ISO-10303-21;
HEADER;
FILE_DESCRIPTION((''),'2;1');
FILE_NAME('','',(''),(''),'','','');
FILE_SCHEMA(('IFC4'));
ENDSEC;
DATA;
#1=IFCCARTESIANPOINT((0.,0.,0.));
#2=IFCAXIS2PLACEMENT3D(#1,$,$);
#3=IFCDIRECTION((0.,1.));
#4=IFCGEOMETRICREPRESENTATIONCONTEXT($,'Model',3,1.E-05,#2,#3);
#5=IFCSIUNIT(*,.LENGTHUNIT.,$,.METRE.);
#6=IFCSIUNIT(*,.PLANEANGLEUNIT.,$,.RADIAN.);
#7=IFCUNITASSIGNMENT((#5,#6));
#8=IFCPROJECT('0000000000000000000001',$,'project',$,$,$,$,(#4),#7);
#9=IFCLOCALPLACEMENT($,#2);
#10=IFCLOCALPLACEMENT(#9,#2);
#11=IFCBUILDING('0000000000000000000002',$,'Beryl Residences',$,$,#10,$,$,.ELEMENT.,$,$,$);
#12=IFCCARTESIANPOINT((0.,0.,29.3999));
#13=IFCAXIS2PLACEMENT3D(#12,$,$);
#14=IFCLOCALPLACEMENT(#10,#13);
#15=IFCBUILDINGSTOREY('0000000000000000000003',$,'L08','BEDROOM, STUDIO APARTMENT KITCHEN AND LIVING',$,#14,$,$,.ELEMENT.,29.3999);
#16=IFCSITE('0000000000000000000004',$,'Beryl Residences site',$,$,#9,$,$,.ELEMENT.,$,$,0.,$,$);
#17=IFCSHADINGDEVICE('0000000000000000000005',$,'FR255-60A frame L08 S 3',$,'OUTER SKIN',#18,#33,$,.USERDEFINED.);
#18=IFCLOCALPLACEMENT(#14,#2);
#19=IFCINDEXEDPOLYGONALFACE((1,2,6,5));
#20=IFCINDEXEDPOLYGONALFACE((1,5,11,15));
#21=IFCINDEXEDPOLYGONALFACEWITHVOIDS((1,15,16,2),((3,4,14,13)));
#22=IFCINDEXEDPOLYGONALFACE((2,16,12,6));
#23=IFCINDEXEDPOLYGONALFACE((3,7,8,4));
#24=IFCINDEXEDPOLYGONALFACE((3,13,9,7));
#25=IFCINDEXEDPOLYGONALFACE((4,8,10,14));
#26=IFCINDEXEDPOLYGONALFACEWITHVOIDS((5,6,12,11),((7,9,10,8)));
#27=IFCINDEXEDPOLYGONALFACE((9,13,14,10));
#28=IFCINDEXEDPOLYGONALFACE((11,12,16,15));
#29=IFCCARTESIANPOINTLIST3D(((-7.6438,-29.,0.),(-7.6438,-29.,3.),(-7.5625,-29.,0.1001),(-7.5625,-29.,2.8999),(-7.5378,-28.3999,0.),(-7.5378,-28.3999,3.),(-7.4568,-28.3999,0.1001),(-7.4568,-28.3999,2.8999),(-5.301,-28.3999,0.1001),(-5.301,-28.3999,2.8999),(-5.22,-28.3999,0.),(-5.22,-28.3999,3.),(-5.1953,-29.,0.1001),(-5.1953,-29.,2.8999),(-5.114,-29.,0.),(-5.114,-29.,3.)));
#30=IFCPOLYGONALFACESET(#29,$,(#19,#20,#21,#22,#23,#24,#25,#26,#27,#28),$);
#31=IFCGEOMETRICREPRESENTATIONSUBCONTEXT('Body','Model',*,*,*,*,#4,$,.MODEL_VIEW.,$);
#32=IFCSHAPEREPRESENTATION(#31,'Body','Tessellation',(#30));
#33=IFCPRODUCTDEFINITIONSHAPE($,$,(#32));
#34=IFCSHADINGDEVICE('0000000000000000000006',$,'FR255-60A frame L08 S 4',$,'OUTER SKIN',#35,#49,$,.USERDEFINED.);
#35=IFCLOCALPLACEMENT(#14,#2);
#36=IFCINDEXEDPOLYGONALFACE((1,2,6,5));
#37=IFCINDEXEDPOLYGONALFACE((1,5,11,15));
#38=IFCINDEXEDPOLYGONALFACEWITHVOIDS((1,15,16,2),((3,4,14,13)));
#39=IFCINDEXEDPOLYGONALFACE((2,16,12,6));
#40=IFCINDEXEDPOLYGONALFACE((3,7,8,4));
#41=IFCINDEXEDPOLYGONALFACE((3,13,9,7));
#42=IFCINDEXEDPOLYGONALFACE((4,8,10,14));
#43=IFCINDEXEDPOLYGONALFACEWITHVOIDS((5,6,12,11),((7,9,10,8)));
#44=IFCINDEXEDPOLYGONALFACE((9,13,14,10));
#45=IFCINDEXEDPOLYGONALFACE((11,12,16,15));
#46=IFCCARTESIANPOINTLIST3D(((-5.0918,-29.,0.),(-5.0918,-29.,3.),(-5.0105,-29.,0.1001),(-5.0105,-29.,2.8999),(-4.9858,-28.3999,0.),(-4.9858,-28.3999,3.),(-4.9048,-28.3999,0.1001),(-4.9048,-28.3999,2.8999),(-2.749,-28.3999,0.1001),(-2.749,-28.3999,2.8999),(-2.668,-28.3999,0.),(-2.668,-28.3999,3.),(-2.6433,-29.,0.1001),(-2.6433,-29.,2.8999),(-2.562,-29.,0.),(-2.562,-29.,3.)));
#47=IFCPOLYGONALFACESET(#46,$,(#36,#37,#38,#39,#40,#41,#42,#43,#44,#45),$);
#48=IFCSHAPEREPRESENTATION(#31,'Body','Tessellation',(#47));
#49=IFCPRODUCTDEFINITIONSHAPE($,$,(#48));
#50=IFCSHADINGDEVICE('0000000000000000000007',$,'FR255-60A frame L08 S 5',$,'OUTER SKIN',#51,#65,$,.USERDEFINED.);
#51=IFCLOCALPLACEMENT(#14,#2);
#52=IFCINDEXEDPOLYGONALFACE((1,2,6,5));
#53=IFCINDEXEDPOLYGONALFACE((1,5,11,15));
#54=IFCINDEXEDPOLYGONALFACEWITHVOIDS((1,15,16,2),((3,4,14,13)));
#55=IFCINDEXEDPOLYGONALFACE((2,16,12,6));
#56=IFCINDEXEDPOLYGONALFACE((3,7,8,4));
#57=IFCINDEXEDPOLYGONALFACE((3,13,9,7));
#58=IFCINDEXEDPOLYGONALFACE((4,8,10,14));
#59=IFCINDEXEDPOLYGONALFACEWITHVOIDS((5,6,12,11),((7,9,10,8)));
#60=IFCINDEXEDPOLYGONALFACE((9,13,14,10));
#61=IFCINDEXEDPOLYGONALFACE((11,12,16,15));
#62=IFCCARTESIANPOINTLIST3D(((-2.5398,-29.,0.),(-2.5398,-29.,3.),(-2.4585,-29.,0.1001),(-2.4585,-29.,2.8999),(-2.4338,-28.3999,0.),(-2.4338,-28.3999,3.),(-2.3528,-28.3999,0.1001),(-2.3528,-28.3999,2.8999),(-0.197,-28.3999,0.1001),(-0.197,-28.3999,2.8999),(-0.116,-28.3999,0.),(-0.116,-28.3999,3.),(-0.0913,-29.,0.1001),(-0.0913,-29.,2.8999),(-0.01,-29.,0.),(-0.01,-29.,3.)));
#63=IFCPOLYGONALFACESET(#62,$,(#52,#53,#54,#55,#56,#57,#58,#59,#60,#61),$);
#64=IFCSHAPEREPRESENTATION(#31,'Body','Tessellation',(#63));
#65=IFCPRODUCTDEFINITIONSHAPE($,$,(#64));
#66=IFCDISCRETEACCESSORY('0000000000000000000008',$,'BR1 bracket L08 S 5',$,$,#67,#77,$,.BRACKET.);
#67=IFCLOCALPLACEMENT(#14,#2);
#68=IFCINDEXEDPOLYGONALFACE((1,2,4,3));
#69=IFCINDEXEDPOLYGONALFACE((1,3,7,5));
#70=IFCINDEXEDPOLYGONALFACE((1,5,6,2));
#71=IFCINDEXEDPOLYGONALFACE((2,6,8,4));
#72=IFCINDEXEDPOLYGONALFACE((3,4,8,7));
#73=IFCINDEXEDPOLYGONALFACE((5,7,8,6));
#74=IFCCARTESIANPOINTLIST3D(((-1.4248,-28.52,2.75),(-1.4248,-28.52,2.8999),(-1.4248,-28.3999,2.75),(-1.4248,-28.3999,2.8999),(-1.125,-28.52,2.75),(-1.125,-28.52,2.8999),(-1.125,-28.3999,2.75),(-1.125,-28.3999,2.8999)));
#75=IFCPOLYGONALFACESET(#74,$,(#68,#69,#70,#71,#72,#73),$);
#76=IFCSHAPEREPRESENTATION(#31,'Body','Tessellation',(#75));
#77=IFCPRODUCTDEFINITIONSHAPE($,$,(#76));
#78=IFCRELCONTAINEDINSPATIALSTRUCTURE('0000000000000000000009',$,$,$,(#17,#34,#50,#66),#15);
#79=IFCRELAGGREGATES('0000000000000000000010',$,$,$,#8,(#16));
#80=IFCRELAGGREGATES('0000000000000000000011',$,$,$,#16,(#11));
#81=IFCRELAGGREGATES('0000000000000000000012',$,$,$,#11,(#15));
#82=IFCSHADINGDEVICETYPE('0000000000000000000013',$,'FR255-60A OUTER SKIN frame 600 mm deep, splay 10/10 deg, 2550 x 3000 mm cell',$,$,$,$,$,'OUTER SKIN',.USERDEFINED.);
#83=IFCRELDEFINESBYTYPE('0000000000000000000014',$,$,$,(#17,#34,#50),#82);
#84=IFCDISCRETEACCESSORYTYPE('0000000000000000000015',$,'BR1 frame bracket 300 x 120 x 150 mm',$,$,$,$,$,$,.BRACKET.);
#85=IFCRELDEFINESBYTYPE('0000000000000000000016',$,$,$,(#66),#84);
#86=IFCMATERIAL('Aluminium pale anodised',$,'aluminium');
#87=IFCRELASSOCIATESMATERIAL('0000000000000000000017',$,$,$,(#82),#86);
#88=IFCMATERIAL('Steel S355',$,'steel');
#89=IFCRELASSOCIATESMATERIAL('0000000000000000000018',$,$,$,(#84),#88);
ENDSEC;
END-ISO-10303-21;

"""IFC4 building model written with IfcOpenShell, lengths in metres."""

from ifc_helpers import new_model, entity, si_unit, direction, frame, origin, place, context, subcontext, project, spatial, polyline, outline, extrude, source, transform, mapped, material, type_object, type_shapes, element, save


model = new_model("IFC4")

# Units and contexts
model_context = context("Model", 3, precision=1e-05, world=origin(), true_north=direction((0.0, 1.0)))
body_context = subcontext(model_context, "Body", "Model", "MODEL_VIEW")
ifc_project = project(units=[si_unit("LENGTHUNIT", "METRE"), si_unit("PLANEANGLEUNIT", "RADIAN")], contexts=[model_context])

# Site, building, storey
site_placement = place(None, origin())
site = spatial("IfcSite", under=ifc_project, at=site_placement, Name="Beryl Residences site", CompositionType="ELEMENT", RefElevation=0.0)
building_placement = place(site_placement, origin())
building = spatial("IfcBuilding", under=site, at=building_placement, Name="Beryl Residences", CompositionType="ELEMENT")
storey_placement = place(building_placement, frame((0.0, 0.0, 29.3999)))
storey = spatial("IfcBuildingStorey", under=building, at=storey_placement, Name="L08", Description="BEDROOM, STUDIO APARTMENT KITCHEN AND LIVING", CompositionType="ELEMENT", Elevation=29.3999)

# Shading devices
ifc_material_1 = material(Name="Aluminium pale anodised", Category="aluminium")
shading_device_type = type_object("IfcShadingDeviceType", Name="FR255-60A OUTER SKIN frame 600 mm deep, splay 10/10 deg, 2550 x 3000 mm cell", ElementType="OUTER SKIN", PredefinedType="USERDEFINED", material=ifc_material_1)
cartesian_point_1 = entity("IfcCartesianPoint", [-1.1589, 0.0])
cartesian_point_2 = entity("IfcCartesianPoint", [-1.0779, 0.1001])
cartesian_point_3 = entity("IfcCartesianPoint", [-1.2649, 0.0])
cartesian_point_4 = entity("IfcCartesianPoint", [-1.1836, 0.1001])
shared_shape_1 = source(origin(), body_context, "Body", "SweptSolid", [
    entity("IfcExtrudedAreaSolidTapered", entity("IfcArbitraryProfileDefWithVoids", "AREA", None, entity("IfcPolyline", [cartesian_point_1, entity("IfcCartesianPoint", [1.1589, 0.0]), entity("IfcCartesianPoint", [1.1589, 3.0]), entity("IfcCartesianPoint", [-1.1589, 3.0]), cartesian_point_1]), [entity("IfcPolyline", [cartesian_point_2, entity("IfcCartesianPoint", [1.0779, 0.1001]), entity("IfcCartesianPoint", [1.0779, 2.8999]), entity("IfcCartesianPoint", [-1.0779, 2.8999]), cartesian_point_2])]), entity("IfcAxis2Placement3D", entity("IfcCartesianPoint", [0.0, 0.0, 0.0]), entity("IfcDirection", [0.0, 1.0, 0.0]), entity("IfcDirection", [-1.0, 0.0, 0.0])), entity("IfcDirection", [0.0, 0.0, 1.0]), 0.6001, entity("IfcArbitraryProfileDefWithVoids", "AREA", None, entity("IfcPolyline", [cartesian_point_3, entity("IfcCartesianPoint", [1.2649, 0.0]), entity("IfcCartesianPoint", [1.2649, 3.0]), entity("IfcCartesianPoint", [-1.2649, 3.0]), cartesian_point_3]), [entity("IfcPolyline", [cartesian_point_4, entity("IfcCartesianPoint", [1.1836, 0.1001]), entity("IfcCartesianPoint", [1.1836, 2.8999]), entity("IfcCartesianPoint", [-1.1836, 2.8999]), cartesian_point_4])])),
])
type_shapes(shading_device_type, [shared_shape_1])
for number, where, z_axis, x_axis, name in (
    (1, (-6.3789, -28.3999, 0.0), (0.0, 0.0, 1.0), (-1.0, 0.0, 0.0), "FR255-60A frame L08 S 3"),
    (2, (-3.8269, -28.3999, 0.0), (0.0, 0.0, 1.0), (-1.0, 0.0, 0.0), "FR255-60A frame L08 S 4"),
    (3, (-1.2749, -28.3999, 0.0), (0.0, 0.0, 1.0), (-1.0, 0.0, 0.0), "FR255-60A frame L08 S 5"),
):
    element("IfcShadingDevice", number, at=place(storey_placement, frame(where, z_axis=z_axis, x_axis=x_axis)), inside=storey, type_object=shading_device_type, Name=name, ObjectType="OUTER SKIN", PredefinedType="USERDEFINED", context=body_context, shape_type="MappedRepresentation", body=[
        mapped(shared_shape_1, transform((0.0, 0.0, 0.0))),
    ])

# Discrete accessory
ifc_material_2 = material(Name="Steel S355", Category="steel")
discrete_accessory_type = type_object("IfcDiscreteAccessoryType", Name="BR1 frame bracket 300 x 120 x 150 mm", PredefinedType="BRACKET", material=ifc_material_2)
shared_shape_2 = source(origin(), body_context, "Body", "SweptSolid", [
    extrude(outline(polyline([(-0.1499, 0.0), (0.1499, 0.0), (0.1499, 0.1201), (-0.1499, 0.1201), (-0.1499, 0.0)])), origin(), (0.0, 0.0, 1.0), 0.1499),
])
type_shapes(discrete_accessory_type, [shared_shape_2])
discrete_accessory_placement = place(storey_placement, frame((-1.2749, -28.3999, 2.75), z_axis=(0.0, 0.0, 1.0), x_axis=(-1.0, 0.0, 0.0)))
element("IfcDiscreteAccessory", 4, at=discrete_accessory_placement, inside=storey, type_object=discrete_accessory_type, Name="BR1 bracket L08 S 5", PredefinedType="BRACKET", context=body_context, shape_type="MappedRepresentation", body=[
    mapped(shared_shape_2, transform((0.0, 0.0, 0.0))),
])

save(model, "model.ifc")
